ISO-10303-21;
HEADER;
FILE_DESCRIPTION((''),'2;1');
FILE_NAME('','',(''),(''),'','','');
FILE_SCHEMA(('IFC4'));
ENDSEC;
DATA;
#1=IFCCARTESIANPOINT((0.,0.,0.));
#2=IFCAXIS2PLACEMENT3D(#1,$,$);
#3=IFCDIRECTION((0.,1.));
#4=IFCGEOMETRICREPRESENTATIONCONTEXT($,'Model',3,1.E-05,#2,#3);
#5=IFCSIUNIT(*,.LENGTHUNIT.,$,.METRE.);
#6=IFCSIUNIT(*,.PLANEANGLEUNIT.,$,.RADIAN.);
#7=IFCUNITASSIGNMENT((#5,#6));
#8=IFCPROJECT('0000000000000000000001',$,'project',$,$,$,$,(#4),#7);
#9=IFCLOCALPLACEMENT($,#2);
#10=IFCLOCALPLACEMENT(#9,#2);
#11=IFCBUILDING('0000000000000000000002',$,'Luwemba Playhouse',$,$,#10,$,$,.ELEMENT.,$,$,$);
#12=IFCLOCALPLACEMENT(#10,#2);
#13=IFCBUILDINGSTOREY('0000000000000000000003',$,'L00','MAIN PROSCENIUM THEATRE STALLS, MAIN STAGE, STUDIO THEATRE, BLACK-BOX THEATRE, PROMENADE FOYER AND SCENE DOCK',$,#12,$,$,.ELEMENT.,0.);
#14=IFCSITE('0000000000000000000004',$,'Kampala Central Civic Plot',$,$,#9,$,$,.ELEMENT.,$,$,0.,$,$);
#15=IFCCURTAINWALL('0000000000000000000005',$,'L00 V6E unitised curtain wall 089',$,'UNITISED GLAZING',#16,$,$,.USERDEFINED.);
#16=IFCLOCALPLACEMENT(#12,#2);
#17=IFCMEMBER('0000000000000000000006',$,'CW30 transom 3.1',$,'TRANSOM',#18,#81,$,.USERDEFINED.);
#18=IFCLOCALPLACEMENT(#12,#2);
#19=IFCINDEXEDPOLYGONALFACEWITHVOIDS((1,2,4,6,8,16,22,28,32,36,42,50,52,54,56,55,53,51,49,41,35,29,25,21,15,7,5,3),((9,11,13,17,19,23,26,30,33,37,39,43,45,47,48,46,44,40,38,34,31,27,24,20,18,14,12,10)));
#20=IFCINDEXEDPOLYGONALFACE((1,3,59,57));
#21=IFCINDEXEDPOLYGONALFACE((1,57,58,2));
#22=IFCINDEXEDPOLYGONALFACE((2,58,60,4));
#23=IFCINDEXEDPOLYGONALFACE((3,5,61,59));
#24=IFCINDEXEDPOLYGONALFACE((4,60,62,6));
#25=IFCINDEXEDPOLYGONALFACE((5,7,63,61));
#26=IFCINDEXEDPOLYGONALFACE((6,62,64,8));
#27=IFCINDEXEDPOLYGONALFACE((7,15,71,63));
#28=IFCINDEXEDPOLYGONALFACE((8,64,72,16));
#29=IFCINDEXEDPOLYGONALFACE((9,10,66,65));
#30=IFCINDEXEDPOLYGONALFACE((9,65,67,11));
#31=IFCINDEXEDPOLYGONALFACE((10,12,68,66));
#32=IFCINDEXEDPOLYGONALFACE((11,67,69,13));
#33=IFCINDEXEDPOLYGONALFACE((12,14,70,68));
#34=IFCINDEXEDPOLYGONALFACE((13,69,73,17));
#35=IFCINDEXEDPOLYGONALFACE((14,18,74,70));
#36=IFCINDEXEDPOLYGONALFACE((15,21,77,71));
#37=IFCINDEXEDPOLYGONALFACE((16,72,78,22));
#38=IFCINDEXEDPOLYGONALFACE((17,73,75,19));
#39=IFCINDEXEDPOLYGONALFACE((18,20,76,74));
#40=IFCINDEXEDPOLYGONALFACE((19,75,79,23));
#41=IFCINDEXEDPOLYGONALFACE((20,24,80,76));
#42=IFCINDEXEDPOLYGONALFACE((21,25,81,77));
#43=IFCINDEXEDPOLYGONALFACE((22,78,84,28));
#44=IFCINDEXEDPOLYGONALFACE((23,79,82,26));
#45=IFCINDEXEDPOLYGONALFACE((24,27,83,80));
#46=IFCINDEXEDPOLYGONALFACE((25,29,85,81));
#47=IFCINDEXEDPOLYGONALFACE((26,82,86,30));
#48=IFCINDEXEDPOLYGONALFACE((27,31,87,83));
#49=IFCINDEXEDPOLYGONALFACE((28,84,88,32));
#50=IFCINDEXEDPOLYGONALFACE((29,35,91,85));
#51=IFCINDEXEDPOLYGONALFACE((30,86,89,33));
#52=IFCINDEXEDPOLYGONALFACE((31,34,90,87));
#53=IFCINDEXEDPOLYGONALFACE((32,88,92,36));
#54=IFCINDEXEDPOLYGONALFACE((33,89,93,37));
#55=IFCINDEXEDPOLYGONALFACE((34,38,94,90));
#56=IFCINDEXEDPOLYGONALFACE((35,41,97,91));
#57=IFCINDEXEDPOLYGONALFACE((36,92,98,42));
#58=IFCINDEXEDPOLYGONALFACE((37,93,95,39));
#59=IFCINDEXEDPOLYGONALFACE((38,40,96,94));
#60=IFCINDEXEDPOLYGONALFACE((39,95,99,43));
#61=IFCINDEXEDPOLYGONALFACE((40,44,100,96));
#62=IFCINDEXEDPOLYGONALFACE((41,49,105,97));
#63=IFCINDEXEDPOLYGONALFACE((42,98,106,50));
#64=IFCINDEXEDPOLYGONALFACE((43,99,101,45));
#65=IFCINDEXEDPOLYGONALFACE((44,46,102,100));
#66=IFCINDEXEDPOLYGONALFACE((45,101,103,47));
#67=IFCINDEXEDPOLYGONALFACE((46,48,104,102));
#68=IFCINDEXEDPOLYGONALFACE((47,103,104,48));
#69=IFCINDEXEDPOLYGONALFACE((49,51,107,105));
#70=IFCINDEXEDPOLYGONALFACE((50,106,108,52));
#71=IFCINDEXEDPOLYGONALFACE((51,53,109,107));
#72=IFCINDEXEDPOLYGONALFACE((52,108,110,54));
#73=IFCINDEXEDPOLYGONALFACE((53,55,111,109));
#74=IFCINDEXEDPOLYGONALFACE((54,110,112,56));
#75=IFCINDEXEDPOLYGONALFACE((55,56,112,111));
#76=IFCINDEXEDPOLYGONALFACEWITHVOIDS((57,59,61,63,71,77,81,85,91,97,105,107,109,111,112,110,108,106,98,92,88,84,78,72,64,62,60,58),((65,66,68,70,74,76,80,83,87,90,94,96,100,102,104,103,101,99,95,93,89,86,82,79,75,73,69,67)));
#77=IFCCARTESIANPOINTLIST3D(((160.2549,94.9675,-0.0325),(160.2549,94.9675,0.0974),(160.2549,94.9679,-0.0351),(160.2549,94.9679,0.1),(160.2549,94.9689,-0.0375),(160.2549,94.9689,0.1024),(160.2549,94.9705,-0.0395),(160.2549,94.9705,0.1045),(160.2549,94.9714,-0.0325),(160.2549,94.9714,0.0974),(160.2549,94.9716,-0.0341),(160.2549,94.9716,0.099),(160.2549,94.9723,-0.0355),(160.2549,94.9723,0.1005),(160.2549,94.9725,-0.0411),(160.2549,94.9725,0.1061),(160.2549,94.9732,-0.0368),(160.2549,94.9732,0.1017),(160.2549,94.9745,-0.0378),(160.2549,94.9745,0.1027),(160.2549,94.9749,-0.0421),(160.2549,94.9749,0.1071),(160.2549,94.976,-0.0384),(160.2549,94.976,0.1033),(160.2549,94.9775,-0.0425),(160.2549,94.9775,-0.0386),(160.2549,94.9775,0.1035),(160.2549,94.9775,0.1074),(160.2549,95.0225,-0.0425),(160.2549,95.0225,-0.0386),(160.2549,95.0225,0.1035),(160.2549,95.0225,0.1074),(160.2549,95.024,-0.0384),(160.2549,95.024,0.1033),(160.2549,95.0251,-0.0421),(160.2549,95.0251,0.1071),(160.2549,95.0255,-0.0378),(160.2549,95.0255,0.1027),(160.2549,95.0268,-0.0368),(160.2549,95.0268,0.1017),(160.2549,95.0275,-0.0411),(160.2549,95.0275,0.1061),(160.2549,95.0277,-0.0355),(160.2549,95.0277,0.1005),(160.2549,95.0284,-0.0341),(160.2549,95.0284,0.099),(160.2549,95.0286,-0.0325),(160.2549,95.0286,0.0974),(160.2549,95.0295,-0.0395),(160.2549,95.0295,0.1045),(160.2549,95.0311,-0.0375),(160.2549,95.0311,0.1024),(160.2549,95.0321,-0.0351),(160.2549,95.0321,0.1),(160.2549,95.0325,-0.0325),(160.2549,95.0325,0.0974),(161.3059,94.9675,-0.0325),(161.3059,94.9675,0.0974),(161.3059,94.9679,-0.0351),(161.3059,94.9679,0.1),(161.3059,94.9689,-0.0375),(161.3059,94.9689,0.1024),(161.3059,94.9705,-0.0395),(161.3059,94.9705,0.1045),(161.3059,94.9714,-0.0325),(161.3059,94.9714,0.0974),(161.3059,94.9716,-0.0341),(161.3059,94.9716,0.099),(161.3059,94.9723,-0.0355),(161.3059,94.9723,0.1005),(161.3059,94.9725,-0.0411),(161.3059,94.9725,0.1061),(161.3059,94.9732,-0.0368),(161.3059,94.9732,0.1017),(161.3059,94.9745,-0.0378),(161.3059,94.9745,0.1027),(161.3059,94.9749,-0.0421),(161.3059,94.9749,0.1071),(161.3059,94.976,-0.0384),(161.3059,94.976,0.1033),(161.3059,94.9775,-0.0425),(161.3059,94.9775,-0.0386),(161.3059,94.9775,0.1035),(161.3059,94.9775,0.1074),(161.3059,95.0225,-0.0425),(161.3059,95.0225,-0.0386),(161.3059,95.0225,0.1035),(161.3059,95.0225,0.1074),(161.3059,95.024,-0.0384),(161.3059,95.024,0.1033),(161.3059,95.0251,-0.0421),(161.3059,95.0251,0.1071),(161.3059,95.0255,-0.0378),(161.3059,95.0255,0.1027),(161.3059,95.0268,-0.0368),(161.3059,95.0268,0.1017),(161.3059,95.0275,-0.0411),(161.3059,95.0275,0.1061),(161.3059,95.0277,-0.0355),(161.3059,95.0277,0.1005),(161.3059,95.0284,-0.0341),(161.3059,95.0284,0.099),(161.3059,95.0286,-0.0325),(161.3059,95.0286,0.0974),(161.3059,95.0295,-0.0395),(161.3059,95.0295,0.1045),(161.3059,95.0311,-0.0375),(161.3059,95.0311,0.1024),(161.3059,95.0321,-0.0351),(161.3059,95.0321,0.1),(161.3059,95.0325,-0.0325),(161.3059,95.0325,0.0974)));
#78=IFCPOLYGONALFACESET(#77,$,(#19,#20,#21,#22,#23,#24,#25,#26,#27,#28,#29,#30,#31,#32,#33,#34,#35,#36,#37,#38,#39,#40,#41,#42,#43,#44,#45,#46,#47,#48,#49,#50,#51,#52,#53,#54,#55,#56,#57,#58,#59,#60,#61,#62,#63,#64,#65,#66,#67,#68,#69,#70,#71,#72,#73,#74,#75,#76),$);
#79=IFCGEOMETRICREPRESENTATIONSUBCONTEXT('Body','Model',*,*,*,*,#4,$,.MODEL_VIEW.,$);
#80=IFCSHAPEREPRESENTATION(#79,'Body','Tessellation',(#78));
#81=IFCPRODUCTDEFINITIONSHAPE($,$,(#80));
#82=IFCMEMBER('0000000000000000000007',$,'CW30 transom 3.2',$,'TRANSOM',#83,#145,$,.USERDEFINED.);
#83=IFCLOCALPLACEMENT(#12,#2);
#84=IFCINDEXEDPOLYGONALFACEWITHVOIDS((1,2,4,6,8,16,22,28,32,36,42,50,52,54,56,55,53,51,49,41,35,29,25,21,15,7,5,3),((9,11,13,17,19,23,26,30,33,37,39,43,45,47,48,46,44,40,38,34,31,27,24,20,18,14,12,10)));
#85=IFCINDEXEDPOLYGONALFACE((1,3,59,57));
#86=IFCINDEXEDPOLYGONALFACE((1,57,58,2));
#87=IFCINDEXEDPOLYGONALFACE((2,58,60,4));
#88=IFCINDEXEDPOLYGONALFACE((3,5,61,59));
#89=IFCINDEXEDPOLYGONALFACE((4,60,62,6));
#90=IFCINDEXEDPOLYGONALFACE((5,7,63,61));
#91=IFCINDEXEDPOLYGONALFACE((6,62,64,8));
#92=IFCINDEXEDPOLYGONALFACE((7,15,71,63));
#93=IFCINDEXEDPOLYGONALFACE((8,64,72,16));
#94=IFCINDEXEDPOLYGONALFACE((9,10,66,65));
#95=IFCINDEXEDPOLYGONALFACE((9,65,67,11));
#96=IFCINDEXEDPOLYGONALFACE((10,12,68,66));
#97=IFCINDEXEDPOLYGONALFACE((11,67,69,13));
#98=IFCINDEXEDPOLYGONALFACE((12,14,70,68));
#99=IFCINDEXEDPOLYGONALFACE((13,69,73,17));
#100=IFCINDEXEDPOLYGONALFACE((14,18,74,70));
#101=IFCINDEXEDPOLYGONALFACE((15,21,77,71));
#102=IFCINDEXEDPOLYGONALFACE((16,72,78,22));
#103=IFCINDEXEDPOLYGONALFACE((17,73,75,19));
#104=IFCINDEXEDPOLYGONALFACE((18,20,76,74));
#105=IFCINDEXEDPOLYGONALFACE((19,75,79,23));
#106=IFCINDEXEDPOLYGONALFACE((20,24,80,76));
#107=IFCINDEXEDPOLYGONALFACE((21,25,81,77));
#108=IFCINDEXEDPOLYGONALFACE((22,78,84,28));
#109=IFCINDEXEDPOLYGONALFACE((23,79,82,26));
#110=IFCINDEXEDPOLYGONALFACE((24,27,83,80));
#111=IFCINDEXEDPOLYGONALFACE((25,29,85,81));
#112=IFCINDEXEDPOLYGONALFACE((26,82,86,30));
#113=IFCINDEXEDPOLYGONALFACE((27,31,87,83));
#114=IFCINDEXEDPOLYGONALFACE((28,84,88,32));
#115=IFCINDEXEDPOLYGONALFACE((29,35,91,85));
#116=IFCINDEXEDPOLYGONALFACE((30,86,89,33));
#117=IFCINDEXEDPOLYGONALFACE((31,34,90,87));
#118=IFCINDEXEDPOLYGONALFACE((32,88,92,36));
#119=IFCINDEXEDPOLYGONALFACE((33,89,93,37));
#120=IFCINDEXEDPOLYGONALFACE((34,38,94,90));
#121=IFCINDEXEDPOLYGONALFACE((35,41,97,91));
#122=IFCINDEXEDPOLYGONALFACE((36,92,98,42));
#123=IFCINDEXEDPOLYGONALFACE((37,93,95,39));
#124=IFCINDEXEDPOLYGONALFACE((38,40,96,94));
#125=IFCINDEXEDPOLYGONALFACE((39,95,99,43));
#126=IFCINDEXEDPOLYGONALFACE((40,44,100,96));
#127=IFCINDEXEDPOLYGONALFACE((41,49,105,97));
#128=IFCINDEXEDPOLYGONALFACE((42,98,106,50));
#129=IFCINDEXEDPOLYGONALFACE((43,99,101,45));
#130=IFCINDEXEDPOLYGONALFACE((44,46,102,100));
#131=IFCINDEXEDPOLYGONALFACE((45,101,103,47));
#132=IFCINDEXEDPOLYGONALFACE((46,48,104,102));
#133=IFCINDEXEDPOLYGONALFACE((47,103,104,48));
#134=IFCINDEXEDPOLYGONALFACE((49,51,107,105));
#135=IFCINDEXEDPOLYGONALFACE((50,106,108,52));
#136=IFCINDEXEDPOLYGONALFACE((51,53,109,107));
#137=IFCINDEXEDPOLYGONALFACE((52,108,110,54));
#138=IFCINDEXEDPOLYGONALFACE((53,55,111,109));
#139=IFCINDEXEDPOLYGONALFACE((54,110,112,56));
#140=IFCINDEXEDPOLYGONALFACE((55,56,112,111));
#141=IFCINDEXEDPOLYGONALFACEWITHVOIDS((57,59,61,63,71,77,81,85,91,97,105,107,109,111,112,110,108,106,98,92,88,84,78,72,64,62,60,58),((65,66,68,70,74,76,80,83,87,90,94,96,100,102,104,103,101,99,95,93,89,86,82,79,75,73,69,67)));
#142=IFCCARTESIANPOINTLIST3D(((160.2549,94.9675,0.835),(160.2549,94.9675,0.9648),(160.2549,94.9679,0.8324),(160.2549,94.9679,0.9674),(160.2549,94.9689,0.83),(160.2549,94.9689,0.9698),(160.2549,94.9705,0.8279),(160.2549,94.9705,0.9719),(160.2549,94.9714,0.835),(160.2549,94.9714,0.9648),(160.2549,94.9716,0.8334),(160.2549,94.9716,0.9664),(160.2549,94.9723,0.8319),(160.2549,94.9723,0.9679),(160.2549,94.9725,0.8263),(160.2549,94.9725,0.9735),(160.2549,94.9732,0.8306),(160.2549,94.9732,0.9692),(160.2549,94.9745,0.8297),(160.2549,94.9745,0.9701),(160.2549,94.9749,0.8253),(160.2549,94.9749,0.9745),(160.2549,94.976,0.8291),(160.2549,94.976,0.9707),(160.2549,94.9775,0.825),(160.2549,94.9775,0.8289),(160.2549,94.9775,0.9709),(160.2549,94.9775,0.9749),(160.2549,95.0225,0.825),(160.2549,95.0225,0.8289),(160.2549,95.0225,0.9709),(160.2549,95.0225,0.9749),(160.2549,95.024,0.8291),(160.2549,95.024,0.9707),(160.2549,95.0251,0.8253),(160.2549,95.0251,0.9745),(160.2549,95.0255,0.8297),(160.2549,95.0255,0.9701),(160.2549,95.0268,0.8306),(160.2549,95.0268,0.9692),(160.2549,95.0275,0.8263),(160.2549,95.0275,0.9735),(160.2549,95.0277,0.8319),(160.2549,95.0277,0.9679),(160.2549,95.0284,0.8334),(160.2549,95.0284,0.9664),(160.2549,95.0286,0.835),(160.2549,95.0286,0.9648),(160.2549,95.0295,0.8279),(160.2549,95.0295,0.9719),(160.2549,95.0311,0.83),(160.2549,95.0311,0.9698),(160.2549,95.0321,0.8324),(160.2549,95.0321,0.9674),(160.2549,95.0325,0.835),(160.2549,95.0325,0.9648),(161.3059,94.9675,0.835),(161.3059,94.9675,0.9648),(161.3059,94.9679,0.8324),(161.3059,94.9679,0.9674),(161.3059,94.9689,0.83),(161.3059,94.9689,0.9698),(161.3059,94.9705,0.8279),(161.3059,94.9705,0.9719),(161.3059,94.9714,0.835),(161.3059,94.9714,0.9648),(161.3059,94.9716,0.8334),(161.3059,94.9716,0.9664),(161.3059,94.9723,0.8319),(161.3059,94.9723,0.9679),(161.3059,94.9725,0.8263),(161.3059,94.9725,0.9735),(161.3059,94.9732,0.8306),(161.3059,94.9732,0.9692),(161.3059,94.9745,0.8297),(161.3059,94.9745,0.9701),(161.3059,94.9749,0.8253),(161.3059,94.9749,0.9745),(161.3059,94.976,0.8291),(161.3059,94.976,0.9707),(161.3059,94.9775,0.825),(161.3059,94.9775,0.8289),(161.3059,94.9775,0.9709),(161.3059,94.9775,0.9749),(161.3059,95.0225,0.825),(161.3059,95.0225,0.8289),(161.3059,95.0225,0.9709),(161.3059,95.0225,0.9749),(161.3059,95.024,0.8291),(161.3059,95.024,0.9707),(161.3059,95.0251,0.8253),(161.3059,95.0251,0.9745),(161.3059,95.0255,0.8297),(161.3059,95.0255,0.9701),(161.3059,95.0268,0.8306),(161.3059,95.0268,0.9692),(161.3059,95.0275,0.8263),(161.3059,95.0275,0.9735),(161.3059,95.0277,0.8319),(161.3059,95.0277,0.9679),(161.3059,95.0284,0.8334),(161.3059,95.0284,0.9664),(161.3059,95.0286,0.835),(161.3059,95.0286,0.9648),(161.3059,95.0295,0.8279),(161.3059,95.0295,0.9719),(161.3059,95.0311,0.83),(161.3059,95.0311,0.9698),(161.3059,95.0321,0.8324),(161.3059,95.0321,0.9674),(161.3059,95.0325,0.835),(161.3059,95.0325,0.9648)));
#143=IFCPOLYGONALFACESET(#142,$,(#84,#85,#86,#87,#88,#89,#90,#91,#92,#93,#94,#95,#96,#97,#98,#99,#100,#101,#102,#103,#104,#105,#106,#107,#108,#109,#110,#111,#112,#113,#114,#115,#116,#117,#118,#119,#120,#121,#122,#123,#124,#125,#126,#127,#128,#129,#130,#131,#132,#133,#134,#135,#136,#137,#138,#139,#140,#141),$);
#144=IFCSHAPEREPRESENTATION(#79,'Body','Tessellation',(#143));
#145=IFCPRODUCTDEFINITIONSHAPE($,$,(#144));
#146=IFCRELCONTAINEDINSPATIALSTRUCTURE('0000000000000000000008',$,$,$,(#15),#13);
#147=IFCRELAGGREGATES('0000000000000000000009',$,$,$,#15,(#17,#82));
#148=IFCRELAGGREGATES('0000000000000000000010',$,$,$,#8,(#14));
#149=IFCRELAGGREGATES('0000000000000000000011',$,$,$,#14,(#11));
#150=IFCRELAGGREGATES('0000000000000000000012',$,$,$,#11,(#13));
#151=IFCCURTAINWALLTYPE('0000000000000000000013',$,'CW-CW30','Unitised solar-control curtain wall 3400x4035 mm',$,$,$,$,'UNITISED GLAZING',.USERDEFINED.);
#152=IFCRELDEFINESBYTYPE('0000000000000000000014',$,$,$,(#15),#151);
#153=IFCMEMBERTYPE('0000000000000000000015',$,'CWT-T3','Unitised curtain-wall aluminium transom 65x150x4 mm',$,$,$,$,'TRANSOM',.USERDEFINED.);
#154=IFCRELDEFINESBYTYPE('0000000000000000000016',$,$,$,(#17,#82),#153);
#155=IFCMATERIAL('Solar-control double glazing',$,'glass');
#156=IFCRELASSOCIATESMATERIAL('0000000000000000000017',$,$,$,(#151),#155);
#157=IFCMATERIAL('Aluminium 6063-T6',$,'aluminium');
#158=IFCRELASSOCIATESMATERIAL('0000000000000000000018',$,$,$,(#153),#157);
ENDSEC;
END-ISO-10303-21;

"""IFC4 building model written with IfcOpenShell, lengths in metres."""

from ifc_helpers import new_model, si_unit, direction, frame, origin, origin_2d, place, context, subcontext, project, spatial, hollow_rectangle, extrude, material, material_profile, profile_set, type_object, element, aggregate, save


model = new_model("IFC4")

# Units and contexts
model_context = context("Model", 3, precision=1e-05, world=origin(), true_north=direction((0.0, 1.0)))
body_context = subcontext(model_context, "Body", "Model", "MODEL_VIEW")
ifc_project = project(units=[si_unit("LENGTHUNIT", "METRE"), si_unit("PLANEANGLEUNIT", "RADIAN")], contexts=[model_context])

# Site, building, storey
site_placement = place(None, origin())
site = spatial("IfcSite", under=ifc_project, at=site_placement, Name="Kampala Central Civic Plot", CompositionType="ELEMENT", RefElevation=0.0)
building_placement = place(site_placement, origin())
building = spatial("IfcBuilding", under=site, at=building_placement, Name="Luwemba Playhouse", CompositionType="ELEMENT")
storey_placement = place(building_placement, origin())
storey = spatial("IfcBuildingStorey", under=building, at=storey_placement, Name="L00", Description="MAIN PROSCENIUM THEATRE STALLS, MAIN STAGE, STUDIO THEATRE, BLACK-BOX THEATRE, PROMENADE FOYER AND SCENE DOCK", CompositionType="ELEMENT", Elevation=0.0)

# Curtain wall, members
ifc_material_1 = material(Name="Solar-control double glazing", Category="glass")
curtain_wall_type = type_object("IfcCurtainWallType", Name="CW-CW30", Description="Unitised solar-control curtain wall 3400x4035 mm", ElementType="UNITISED GLAZING", PredefinedType="USERDEFINED", material=ifc_material_1)
curtain_wall_placement = place(storey_placement, origin())
curtain_wall = element("IfcCurtainWall", 1, at=curtain_wall_placement, inside=storey, type_object=curtain_wall_type, Name="L00 V6E unitised curtain wall 089", ObjectType="UNITISED GLAZING", PredefinedType="USERDEFINED")
ifc_material_2 = material(Name="Aluminium 6063-T6", Category="aluminium")
ifc_material_profile_1 = material_profile(ifc_material_2, hollow_rectangle(XDim=0.0649, YDim=0.1499, WallThickness=0.0039, InnerFilletRadius=0.0061, OuterFilletRadius=0.01, at=origin_2d()))
ifc_profile_set_1 = profile_set([ifc_material_profile_1], Name="Aluminium 6063-T6")
member_type_1 = type_object("IfcMemberType", Name="CWT-T3", Description="Unitised curtain-wall aluminium transom 65x150x4 mm", ElementType="TRANSOM", PredefinedType="USERDEFINED", material=ifc_profile_set_1)
member_1_placement = place(storey_placement, frame((161.3059, 95.0, 0.0325), z_axis=(-1.0, 0.0, 0.0), x_axis=(0.0, -1.0, 0.0)))
member_1 = element("IfcMember", 2, at=member_1_placement, type_object=member_type_1, Name="CW30 transom 3.1", ObjectType="TRANSOM", PredefinedType="USERDEFINED", context=body_context, shape_type="SweptSolid", body=[
    extrude(hollow_rectangle(XDim=0.0649, YDim=0.1499, WallThickness=0.0039, InnerFilletRadius=0.0061, OuterFilletRadius=0.01, at=origin_2d()), origin(), (0.0, 0.0, 1.0), 1.051),
])
member_2_placement = place(storey_placement, frame((161.3059, 95.0, 0.8999), z_axis=(-1.0, 0.0, 0.0), x_axis=(0.0, -1.0, 0.0)))
member_2 = element("IfcMember", 3, at=member_2_placement, type_object=member_type_1, Name="CW30 transom 3.2", ObjectType="TRANSOM", PredefinedType="USERDEFINED", context=body_context, shape_type="SweptSolid", body=[
    extrude(hollow_rectangle(XDim=0.0649, YDim=0.1499, WallThickness=0.0039, InnerFilletRadius=0.0061, OuterFilletRadius=0.01, at=origin_2d()), origin(), (0.0, 0.0, 1.0), 1.051),
])
aggregate(curtain_wall, [member_1, member_2])

save(model, "model.ifc")
